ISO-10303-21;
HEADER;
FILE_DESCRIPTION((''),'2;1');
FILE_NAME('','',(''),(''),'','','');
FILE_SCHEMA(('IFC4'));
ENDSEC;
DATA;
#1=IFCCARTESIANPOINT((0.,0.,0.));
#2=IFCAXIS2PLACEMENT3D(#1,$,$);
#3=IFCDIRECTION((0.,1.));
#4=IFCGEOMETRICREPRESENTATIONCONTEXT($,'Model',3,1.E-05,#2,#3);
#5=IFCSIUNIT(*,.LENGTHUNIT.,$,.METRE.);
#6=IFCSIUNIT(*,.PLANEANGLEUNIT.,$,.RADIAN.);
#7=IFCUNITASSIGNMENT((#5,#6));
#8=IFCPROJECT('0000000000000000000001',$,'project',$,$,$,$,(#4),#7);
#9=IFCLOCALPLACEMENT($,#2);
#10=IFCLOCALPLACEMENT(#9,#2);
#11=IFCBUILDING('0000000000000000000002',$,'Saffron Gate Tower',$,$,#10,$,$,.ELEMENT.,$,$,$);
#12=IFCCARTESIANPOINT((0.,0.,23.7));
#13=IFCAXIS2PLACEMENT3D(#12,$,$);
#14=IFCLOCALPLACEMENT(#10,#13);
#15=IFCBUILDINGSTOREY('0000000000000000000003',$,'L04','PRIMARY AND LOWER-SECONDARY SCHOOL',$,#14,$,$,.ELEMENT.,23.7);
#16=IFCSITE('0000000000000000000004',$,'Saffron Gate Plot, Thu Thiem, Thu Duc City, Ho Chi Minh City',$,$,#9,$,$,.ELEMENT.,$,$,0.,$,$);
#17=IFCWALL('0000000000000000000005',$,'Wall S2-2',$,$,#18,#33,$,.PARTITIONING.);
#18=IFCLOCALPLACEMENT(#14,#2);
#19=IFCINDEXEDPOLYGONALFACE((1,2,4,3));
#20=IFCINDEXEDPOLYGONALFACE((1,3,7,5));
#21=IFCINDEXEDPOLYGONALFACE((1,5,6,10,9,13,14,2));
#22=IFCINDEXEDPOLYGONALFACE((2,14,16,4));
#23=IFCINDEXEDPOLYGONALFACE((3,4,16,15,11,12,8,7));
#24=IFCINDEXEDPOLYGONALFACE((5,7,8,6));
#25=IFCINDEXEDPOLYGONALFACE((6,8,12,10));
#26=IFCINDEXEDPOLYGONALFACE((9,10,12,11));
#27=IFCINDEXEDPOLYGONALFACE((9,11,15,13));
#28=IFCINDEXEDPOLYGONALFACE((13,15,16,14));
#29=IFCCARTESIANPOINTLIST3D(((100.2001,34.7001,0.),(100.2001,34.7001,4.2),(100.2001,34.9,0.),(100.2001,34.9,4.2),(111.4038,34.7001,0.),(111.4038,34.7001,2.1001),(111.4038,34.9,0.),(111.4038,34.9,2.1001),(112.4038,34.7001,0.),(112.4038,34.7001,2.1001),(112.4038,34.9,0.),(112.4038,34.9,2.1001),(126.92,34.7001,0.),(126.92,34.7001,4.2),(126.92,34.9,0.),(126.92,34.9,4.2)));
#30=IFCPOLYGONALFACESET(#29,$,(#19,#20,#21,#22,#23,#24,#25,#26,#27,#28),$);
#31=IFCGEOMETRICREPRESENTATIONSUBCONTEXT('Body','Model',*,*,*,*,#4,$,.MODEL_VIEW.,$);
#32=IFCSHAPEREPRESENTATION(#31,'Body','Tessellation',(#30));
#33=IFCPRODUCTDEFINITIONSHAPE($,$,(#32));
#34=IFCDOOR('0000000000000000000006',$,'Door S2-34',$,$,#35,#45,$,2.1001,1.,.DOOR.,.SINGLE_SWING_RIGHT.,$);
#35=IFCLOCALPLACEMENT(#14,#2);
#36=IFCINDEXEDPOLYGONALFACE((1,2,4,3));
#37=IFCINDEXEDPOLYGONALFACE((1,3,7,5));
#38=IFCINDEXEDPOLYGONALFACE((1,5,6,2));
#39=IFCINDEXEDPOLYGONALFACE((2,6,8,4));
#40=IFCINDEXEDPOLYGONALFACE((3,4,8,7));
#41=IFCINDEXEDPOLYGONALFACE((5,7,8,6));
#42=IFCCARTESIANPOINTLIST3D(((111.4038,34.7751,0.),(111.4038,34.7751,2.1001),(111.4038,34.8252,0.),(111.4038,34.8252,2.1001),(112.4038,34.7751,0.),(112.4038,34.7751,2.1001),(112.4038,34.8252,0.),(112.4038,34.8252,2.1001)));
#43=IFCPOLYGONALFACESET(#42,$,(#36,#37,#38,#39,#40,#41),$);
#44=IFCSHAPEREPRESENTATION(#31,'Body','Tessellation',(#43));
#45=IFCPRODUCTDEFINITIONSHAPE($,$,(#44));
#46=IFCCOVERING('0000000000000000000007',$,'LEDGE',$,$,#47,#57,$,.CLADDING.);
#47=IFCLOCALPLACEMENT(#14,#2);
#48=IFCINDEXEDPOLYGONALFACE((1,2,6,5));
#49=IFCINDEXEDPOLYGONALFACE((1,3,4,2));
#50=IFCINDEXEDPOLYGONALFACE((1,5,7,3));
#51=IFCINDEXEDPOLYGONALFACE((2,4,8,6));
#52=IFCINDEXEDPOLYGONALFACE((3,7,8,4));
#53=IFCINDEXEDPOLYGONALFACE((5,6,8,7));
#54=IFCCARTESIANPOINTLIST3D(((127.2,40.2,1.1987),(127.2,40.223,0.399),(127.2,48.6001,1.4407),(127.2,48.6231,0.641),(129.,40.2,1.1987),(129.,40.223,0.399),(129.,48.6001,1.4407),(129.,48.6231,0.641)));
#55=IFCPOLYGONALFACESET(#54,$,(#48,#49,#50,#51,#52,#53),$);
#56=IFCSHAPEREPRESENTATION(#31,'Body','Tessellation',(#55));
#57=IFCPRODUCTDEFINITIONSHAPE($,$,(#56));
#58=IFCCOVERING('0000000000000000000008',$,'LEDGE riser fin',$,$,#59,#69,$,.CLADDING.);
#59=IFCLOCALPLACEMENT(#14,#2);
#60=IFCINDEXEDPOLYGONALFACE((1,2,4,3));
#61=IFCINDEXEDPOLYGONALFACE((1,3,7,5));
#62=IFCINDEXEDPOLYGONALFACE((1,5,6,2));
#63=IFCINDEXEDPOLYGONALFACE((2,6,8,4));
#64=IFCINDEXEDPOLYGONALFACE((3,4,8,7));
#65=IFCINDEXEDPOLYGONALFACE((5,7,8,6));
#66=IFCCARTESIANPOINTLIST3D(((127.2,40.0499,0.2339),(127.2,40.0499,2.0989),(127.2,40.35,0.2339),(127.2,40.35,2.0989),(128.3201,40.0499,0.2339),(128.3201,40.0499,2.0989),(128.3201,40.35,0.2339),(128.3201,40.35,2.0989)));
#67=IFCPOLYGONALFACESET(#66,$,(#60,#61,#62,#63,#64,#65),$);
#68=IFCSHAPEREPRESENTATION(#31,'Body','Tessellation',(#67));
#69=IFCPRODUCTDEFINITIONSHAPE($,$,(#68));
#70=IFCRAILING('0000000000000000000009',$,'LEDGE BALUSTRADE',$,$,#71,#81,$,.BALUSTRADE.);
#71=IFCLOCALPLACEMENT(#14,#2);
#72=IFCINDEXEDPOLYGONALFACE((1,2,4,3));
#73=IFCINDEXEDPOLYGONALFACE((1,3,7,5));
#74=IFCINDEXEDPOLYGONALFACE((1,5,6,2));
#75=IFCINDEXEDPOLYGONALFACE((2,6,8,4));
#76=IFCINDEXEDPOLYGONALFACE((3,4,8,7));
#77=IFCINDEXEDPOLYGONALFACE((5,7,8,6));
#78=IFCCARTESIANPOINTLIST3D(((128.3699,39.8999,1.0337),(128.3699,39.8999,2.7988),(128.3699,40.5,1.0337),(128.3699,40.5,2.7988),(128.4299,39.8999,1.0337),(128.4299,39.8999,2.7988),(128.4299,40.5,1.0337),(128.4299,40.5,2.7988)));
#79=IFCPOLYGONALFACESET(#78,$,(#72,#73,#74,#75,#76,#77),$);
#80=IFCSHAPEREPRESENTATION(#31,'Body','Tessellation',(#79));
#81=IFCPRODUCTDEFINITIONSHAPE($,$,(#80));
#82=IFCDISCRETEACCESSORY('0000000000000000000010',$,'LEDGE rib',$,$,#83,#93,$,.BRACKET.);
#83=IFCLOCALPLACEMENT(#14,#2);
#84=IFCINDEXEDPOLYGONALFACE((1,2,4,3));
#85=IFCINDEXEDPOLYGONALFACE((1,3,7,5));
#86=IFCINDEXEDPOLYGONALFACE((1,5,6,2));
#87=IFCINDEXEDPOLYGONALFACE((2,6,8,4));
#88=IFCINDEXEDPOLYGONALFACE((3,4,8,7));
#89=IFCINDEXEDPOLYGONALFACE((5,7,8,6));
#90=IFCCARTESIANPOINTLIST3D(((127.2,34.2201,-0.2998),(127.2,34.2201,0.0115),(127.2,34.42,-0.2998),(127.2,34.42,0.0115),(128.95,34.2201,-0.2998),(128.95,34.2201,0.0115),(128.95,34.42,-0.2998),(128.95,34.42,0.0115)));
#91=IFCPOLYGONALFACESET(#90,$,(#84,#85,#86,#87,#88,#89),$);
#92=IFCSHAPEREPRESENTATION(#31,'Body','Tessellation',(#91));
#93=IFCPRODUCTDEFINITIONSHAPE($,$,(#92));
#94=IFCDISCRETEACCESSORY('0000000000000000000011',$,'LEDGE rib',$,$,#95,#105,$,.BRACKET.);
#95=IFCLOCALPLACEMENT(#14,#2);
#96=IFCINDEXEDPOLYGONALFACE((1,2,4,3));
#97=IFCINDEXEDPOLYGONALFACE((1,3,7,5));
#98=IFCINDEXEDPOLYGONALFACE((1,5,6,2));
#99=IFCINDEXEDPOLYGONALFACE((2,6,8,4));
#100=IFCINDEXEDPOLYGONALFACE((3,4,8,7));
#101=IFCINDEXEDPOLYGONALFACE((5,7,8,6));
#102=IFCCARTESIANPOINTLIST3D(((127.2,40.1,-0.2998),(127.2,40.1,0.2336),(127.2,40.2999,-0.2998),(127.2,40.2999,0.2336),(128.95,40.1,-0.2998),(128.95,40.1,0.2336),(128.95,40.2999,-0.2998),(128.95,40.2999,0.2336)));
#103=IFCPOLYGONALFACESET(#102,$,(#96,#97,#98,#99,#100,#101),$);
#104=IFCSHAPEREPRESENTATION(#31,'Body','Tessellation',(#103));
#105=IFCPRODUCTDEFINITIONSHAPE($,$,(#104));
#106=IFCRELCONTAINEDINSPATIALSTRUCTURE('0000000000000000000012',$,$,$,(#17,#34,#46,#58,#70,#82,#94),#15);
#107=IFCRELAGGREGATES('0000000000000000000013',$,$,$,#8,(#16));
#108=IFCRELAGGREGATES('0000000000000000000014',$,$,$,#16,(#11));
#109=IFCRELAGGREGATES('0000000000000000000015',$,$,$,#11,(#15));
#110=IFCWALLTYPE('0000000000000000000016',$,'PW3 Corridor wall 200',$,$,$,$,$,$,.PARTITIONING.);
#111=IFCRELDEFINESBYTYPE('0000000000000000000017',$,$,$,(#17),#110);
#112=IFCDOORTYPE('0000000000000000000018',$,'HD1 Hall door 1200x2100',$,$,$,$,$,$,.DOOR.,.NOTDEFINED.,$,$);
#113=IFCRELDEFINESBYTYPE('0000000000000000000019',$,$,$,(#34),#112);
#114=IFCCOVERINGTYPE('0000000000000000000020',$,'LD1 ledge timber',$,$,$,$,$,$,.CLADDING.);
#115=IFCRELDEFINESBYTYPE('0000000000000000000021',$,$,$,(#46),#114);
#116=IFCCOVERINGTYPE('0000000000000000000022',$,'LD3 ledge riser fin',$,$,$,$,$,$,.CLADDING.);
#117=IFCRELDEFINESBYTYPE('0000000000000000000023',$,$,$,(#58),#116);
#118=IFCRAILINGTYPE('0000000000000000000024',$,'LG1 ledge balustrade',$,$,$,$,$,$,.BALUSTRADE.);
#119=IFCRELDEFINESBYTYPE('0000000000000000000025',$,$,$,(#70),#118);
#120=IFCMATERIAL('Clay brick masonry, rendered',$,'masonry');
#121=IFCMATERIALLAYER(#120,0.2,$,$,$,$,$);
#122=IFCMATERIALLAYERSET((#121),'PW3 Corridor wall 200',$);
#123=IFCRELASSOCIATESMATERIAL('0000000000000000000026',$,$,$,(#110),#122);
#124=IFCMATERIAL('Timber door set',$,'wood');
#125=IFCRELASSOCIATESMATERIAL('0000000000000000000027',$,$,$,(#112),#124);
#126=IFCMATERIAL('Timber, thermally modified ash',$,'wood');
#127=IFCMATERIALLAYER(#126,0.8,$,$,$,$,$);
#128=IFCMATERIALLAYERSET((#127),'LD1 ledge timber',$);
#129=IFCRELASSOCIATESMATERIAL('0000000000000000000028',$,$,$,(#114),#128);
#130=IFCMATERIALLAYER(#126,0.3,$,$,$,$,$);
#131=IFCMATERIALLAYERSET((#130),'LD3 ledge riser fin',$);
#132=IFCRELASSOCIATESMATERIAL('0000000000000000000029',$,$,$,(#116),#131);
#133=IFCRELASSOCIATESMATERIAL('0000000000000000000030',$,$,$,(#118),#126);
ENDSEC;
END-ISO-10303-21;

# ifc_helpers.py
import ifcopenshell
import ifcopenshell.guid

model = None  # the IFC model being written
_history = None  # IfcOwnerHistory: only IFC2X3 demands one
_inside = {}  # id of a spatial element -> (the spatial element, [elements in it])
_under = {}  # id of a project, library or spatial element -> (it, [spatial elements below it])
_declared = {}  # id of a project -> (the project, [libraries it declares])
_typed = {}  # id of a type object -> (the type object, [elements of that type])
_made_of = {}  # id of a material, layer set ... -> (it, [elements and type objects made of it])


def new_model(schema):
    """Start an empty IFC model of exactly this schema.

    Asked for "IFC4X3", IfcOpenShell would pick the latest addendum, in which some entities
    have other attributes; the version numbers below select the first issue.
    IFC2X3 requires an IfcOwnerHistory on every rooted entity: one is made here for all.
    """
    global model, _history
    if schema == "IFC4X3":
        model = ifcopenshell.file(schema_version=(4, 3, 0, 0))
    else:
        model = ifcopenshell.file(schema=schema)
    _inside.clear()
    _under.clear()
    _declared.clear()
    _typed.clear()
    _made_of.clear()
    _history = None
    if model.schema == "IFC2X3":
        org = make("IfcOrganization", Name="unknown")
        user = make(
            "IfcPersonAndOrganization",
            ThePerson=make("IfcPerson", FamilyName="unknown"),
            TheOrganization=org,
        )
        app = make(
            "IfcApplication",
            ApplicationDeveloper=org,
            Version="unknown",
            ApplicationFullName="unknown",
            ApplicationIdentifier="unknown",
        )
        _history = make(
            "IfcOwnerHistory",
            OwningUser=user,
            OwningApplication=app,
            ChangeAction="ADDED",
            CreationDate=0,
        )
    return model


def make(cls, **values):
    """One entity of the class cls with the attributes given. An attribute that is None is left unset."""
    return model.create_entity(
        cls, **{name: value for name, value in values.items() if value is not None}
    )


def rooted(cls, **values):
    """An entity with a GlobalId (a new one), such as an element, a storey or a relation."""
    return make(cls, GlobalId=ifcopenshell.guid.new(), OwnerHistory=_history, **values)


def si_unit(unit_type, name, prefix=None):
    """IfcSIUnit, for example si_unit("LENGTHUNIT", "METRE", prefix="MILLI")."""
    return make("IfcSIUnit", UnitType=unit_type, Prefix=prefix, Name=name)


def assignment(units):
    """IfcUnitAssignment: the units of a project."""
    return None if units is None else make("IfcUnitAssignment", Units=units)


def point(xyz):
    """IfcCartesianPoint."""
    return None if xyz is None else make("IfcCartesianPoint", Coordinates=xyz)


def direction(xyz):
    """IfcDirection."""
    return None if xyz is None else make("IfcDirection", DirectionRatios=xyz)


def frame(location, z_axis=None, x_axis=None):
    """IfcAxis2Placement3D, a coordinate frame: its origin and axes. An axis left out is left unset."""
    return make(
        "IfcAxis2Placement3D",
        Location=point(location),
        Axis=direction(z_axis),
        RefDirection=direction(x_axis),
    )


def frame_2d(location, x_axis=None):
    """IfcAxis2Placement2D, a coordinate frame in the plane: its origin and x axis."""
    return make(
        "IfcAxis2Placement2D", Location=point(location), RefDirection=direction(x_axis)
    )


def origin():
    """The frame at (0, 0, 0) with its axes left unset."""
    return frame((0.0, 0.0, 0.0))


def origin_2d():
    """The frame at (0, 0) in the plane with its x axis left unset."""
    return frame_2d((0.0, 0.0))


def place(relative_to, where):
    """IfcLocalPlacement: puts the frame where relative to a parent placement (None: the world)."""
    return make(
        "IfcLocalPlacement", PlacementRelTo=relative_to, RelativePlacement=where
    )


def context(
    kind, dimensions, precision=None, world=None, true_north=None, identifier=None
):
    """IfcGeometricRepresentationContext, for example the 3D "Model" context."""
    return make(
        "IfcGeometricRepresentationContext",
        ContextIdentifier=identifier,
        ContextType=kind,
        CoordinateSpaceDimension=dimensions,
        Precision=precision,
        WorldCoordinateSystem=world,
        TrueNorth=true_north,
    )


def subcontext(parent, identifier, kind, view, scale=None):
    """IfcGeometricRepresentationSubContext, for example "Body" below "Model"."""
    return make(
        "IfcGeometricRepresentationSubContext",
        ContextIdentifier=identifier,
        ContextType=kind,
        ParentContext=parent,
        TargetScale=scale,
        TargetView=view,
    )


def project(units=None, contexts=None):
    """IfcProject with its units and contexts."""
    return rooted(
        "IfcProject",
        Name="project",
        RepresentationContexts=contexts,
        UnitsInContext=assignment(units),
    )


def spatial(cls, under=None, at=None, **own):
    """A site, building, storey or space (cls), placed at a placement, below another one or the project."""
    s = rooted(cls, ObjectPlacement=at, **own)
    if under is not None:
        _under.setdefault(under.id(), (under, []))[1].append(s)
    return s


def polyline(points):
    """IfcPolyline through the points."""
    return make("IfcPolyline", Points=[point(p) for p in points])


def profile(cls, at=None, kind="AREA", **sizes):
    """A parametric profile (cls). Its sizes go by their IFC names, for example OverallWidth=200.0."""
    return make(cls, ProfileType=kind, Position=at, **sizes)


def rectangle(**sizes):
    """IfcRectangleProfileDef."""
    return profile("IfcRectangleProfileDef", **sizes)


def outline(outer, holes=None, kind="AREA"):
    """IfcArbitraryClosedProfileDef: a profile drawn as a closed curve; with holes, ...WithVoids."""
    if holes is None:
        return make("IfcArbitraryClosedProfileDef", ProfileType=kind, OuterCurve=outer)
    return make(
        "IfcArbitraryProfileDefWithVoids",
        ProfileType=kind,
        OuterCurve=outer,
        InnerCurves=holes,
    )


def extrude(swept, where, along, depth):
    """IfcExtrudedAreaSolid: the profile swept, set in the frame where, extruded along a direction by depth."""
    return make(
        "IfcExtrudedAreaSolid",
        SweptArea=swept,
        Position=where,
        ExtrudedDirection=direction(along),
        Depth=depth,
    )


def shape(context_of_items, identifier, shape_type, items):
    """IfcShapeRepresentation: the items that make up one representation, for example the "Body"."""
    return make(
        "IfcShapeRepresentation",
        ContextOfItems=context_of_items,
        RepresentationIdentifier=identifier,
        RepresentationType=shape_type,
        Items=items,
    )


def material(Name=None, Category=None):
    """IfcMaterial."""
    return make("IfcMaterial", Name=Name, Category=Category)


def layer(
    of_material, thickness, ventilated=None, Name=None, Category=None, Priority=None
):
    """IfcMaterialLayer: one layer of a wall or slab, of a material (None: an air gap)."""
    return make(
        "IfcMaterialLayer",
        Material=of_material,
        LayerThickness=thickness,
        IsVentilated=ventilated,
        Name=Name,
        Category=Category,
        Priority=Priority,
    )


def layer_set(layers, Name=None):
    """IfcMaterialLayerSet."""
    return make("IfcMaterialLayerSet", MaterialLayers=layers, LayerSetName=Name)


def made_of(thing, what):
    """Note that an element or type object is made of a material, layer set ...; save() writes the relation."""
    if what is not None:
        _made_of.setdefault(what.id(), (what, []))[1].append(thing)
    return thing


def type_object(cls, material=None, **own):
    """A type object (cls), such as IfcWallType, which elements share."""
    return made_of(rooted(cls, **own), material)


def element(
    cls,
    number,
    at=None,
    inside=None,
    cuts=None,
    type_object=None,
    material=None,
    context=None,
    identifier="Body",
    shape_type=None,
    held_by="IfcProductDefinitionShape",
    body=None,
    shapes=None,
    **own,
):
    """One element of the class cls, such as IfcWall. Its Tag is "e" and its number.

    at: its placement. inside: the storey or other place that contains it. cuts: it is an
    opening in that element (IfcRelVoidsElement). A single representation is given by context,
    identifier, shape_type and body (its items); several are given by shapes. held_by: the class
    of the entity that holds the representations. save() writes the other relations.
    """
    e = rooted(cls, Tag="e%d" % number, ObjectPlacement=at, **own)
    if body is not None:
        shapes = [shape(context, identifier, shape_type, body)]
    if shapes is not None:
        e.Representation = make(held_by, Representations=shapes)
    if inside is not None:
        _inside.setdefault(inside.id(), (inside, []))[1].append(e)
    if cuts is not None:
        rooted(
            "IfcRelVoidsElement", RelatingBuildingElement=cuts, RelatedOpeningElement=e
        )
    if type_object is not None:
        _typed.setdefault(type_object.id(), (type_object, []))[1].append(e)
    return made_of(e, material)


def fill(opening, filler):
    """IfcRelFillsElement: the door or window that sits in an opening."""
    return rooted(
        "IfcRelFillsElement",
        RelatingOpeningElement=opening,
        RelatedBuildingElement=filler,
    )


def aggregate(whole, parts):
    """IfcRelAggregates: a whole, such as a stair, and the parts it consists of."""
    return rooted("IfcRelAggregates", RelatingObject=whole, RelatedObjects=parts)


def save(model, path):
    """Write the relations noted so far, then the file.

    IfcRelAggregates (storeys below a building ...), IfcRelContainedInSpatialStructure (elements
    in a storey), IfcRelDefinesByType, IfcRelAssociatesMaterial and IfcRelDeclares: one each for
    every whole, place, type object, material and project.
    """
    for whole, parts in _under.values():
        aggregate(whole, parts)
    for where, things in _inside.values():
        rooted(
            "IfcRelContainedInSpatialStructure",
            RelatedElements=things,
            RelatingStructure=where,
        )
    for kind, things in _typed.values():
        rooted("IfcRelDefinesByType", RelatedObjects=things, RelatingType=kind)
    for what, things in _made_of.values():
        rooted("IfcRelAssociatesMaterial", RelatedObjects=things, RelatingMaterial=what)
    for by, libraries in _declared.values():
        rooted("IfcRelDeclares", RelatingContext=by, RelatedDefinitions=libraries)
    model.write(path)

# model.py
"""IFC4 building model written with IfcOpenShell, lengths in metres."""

from ifc_helpers import new_model, si_unit, direction, frame, frame_2d, origin, origin_2d, place, context, subcontext, project, spatial, polyline, rectangle, outline, extrude, material, layer, layer_set, type_object, element, fill, save


model = new_model("IFC4")

# Units and contexts
model_context = context("Model", 3, precision=1e-05, world=origin(), true_north=direction((0.0, 1.0)))
body_context = subcontext(model_context, "Body", "Model", "MODEL_VIEW")
ifc_project = project(units=[si_unit("LENGTHUNIT", "METRE"), si_unit("PLANEANGLEUNIT", "RADIAN")], contexts=[model_context])

# Site, building, storey
site_placement = place(None, origin())
site = spatial("IfcSite", under=ifc_project, at=site_placement, Name="Saffron Gate Plot, Thu Thiem, Thu Duc City, Ho Chi Minh City", CompositionType="ELEMENT", RefElevation=0.0)
building_placement = place(site_placement, origin())
building = spatial("IfcBuilding", under=site, at=building_placement, Name="Saffron Gate Tower", CompositionType="ELEMENT")
storey_placement = place(building_placement, frame((0.0, 0.0, 23.7)))
storey = spatial("IfcBuildingStorey", under=building, at=storey_placement, Name="L04", Description="PRIMARY AND LOWER-SECONDARY SCHOOL", CompositionType="ELEMENT", Elevation=23.7)

# Wall, opening, door
ifc_material_1 = material(Name="Clay brick masonry, rendered", Category="masonry")
ifc_layer_1 = layer(ifc_material_1, 0.2)
ifc_layer_set_1 = layer_set([ifc_layer_1], Name="PW3 Corridor wall 200")
wall_type = type_object("IfcWallType", Name="PW3 Corridor wall 200", PredefinedType="PARTITIONING", material=ifc_layer_set_1)
wall_placement = place(storey_placement, frame((126.9199, 34.8, 0.0), z_axis=(0.0, 0.0, 1.0), x_axis=(-1.0, 0.0, 0.0)))
wall = element("IfcWall", 1, at=wall_placement, inside=storey, type_object=wall_type, Name="Wall S2-2", PredefinedType="PARTITIONING", context=body_context, shape_type="SweptSolid", body=[
    extrude(rectangle(XDim=26.72, YDim=0.2, at=frame_2d((13.3599, 0.0))), origin(), (0.0, 0.0, 1.0), 4.2),
])
opening_1_placement = place(wall_placement, frame((14.5161, 0.0, 0.0)))
opening_1 = element("IfcOpeningElement", 2, at=opening_1_placement, cuts=wall, PredefinedType="OPENING", context=body_context, shape_type="SweptSolid", body=[
    extrude(rectangle(XDim=1.0, YDim=2.1001, at=frame_2d((0.5, 1.05))), frame((0.0, 0.1099, 0.0), z_axis=(0.0, -1.0, 0.0), x_axis=(1.0, 0.0, 0.0)), (0.0, 0.0, 1.0), 0.22),
])
ifc_material_2 = material(Name="Timber door set", Category="wood")
door_type = type_object("IfcDoorType", Name="HD1 Hall door 1200x2100", OperationType="NOTDEFINED", PredefinedType="DOOR", material=ifc_material_2)
door_placement = place(opening_1_placement, origin())
door = element("IfcDoor", 3, at=door_placement, inside=storey, type_object=door_type, Name="Door S2-34", OperationType="SINGLE_SWING_RIGHT", OverallHeight=2.1001, OverallWidth=1.0, PredefinedType="DOOR", context=body_context, shape_type="SweptSolid", body=[
    extrude(rectangle(XDim=1.0, YDim=2.1001, at=frame_2d((0.5, 1.05))), frame((0.0, 0.0249, 0.0), z_axis=(0.0, -1.0, 0.0), x_axis=(1.0, 0.0, 0.0)), (0.0, 0.0, 1.0), 0.05),
])
fill(opening_1, door)

# Coverings
ifc_material_3 = material(Name="Timber, thermally modified ash", Category="wood")
ifc_layer_2 = layer(ifc_material_3, 0.8)
ifc_layer_set_2 = layer_set([ifc_layer_2], Name="LD1 ledge timber")
covering_type_1 = type_object("IfcCoveringType", Name="LD1 ledge timber", PredefinedType="CLADDING", material=ifc_layer_set_2)
covering_1_placement = place(storey_placement, frame((127.2, 40.2, 1.1987), z_axis=(0.0, -0.02879, 0.999585), x_axis=(0.0, 0.999585, 0.02879)))
element("IfcCovering", 4, at=covering_1_placement, inside=storey, type_object=covering_type_1, Name="LEDGE", PredefinedType="CLADDING", context=body_context, shape_type="SweptSolid", body=[
    extrude(outline(polyline([(0.0, 0.0), (8.4036, 0.0), (8.4036, -1.8), (0.0, -1.8), (0.0, 0.0)])), origin(), (0.0, 0.0, -1.0), 0.8),
])
ifc_layer_3 = layer(ifc_material_3, 0.3)
ifc_layer_set_3 = layer_set([ifc_layer_3], Name="LD3 ledge riser fin")
covering_type_2 = type_object("IfcCoveringType", Name="LD3 ledge riser fin", PredefinedType="CLADDING", material=ifc_layer_set_3)
covering_2_placement = place(storey_placement, frame((127.76, 40.2, 0.2339), z_axis=(0.0, 0.0, 1.0), x_axis=(0.0, 1.0, 0.0)))
element("IfcCovering", 5, at=covering_2_placement, inside=storey, type_object=covering_type_2, Name="LEDGE riser fin", PredefinedType="CLADDING", context=body_context, shape_type="SweptSolid", body=[
    extrude(rectangle(XDim=0.3, YDim=1.1201, at=origin_2d()), origin(), (0.0, 0.0, 1.0), 1.865),
])

# Railing
railing_type = type_object("IfcRailingType", Name="LG1 ledge balustrade", PredefinedType="BALUSTRADE", material=ifc_material_3)
railing_placement = place(storey_placement, frame((128.3999, 39.8999, 1.0337)))
element("IfcRailing", 6, at=railing_placement, inside=storey, type_object=railing_type, Name="LEDGE BALUSTRADE", PredefinedType="BALUSTRADE", context=body_context, shape_type="SweptSolid", body=[
    extrude(rectangle(XDim=0.0601, YDim=1.7651, at=origin_2d()), frame((0.0, 0.0, 0.8826), z_axis=(0.0, 1.0, 0.0), x_axis=(-1.0, 0.0, 0.0)), (0.0, 0.0, 1.0), 0.6001),
])

# Discrete accessories
discrete_accessory_1_placement = place(storey_placement, frame((128.075, 34.3201, -0.2998), z_axis=(0.0, 0.0, 1.0), x_axis=(0.0, 1.0, 0.0)))
element("IfcDiscreteAccessory", 7, at=discrete_accessory_1_placement, inside=storey, Name="LEDGE rib", PredefinedType="BRACKET", context=body_context, shape_type="SweptSolid", body=[
    extrude(rectangle(XDim=0.2, YDim=1.75, at=origin_2d()), origin(), (0.0, 0.0, 1.0), 0.3113),
])
discrete_accessory_2_placement = place(storey_placement, frame((128.075, 40.2, -0.2998), z_axis=(0.0, 0.0, 1.0), x_axis=(0.0, 1.0, 0.0)))
element("IfcDiscreteAccessory", 8, at=discrete_accessory_2_placement, inside=storey, Name="LEDGE rib", PredefinedType="BRACKET", context=body_context, shape_type="SweptSolid", body=[
    extrude(rectangle(XDim=0.2, YDim=1.75, at=origin_2d()), origin(), (0.0, 0.0, 1.0), 0.5334),
])

save(model, "model.ifc")
